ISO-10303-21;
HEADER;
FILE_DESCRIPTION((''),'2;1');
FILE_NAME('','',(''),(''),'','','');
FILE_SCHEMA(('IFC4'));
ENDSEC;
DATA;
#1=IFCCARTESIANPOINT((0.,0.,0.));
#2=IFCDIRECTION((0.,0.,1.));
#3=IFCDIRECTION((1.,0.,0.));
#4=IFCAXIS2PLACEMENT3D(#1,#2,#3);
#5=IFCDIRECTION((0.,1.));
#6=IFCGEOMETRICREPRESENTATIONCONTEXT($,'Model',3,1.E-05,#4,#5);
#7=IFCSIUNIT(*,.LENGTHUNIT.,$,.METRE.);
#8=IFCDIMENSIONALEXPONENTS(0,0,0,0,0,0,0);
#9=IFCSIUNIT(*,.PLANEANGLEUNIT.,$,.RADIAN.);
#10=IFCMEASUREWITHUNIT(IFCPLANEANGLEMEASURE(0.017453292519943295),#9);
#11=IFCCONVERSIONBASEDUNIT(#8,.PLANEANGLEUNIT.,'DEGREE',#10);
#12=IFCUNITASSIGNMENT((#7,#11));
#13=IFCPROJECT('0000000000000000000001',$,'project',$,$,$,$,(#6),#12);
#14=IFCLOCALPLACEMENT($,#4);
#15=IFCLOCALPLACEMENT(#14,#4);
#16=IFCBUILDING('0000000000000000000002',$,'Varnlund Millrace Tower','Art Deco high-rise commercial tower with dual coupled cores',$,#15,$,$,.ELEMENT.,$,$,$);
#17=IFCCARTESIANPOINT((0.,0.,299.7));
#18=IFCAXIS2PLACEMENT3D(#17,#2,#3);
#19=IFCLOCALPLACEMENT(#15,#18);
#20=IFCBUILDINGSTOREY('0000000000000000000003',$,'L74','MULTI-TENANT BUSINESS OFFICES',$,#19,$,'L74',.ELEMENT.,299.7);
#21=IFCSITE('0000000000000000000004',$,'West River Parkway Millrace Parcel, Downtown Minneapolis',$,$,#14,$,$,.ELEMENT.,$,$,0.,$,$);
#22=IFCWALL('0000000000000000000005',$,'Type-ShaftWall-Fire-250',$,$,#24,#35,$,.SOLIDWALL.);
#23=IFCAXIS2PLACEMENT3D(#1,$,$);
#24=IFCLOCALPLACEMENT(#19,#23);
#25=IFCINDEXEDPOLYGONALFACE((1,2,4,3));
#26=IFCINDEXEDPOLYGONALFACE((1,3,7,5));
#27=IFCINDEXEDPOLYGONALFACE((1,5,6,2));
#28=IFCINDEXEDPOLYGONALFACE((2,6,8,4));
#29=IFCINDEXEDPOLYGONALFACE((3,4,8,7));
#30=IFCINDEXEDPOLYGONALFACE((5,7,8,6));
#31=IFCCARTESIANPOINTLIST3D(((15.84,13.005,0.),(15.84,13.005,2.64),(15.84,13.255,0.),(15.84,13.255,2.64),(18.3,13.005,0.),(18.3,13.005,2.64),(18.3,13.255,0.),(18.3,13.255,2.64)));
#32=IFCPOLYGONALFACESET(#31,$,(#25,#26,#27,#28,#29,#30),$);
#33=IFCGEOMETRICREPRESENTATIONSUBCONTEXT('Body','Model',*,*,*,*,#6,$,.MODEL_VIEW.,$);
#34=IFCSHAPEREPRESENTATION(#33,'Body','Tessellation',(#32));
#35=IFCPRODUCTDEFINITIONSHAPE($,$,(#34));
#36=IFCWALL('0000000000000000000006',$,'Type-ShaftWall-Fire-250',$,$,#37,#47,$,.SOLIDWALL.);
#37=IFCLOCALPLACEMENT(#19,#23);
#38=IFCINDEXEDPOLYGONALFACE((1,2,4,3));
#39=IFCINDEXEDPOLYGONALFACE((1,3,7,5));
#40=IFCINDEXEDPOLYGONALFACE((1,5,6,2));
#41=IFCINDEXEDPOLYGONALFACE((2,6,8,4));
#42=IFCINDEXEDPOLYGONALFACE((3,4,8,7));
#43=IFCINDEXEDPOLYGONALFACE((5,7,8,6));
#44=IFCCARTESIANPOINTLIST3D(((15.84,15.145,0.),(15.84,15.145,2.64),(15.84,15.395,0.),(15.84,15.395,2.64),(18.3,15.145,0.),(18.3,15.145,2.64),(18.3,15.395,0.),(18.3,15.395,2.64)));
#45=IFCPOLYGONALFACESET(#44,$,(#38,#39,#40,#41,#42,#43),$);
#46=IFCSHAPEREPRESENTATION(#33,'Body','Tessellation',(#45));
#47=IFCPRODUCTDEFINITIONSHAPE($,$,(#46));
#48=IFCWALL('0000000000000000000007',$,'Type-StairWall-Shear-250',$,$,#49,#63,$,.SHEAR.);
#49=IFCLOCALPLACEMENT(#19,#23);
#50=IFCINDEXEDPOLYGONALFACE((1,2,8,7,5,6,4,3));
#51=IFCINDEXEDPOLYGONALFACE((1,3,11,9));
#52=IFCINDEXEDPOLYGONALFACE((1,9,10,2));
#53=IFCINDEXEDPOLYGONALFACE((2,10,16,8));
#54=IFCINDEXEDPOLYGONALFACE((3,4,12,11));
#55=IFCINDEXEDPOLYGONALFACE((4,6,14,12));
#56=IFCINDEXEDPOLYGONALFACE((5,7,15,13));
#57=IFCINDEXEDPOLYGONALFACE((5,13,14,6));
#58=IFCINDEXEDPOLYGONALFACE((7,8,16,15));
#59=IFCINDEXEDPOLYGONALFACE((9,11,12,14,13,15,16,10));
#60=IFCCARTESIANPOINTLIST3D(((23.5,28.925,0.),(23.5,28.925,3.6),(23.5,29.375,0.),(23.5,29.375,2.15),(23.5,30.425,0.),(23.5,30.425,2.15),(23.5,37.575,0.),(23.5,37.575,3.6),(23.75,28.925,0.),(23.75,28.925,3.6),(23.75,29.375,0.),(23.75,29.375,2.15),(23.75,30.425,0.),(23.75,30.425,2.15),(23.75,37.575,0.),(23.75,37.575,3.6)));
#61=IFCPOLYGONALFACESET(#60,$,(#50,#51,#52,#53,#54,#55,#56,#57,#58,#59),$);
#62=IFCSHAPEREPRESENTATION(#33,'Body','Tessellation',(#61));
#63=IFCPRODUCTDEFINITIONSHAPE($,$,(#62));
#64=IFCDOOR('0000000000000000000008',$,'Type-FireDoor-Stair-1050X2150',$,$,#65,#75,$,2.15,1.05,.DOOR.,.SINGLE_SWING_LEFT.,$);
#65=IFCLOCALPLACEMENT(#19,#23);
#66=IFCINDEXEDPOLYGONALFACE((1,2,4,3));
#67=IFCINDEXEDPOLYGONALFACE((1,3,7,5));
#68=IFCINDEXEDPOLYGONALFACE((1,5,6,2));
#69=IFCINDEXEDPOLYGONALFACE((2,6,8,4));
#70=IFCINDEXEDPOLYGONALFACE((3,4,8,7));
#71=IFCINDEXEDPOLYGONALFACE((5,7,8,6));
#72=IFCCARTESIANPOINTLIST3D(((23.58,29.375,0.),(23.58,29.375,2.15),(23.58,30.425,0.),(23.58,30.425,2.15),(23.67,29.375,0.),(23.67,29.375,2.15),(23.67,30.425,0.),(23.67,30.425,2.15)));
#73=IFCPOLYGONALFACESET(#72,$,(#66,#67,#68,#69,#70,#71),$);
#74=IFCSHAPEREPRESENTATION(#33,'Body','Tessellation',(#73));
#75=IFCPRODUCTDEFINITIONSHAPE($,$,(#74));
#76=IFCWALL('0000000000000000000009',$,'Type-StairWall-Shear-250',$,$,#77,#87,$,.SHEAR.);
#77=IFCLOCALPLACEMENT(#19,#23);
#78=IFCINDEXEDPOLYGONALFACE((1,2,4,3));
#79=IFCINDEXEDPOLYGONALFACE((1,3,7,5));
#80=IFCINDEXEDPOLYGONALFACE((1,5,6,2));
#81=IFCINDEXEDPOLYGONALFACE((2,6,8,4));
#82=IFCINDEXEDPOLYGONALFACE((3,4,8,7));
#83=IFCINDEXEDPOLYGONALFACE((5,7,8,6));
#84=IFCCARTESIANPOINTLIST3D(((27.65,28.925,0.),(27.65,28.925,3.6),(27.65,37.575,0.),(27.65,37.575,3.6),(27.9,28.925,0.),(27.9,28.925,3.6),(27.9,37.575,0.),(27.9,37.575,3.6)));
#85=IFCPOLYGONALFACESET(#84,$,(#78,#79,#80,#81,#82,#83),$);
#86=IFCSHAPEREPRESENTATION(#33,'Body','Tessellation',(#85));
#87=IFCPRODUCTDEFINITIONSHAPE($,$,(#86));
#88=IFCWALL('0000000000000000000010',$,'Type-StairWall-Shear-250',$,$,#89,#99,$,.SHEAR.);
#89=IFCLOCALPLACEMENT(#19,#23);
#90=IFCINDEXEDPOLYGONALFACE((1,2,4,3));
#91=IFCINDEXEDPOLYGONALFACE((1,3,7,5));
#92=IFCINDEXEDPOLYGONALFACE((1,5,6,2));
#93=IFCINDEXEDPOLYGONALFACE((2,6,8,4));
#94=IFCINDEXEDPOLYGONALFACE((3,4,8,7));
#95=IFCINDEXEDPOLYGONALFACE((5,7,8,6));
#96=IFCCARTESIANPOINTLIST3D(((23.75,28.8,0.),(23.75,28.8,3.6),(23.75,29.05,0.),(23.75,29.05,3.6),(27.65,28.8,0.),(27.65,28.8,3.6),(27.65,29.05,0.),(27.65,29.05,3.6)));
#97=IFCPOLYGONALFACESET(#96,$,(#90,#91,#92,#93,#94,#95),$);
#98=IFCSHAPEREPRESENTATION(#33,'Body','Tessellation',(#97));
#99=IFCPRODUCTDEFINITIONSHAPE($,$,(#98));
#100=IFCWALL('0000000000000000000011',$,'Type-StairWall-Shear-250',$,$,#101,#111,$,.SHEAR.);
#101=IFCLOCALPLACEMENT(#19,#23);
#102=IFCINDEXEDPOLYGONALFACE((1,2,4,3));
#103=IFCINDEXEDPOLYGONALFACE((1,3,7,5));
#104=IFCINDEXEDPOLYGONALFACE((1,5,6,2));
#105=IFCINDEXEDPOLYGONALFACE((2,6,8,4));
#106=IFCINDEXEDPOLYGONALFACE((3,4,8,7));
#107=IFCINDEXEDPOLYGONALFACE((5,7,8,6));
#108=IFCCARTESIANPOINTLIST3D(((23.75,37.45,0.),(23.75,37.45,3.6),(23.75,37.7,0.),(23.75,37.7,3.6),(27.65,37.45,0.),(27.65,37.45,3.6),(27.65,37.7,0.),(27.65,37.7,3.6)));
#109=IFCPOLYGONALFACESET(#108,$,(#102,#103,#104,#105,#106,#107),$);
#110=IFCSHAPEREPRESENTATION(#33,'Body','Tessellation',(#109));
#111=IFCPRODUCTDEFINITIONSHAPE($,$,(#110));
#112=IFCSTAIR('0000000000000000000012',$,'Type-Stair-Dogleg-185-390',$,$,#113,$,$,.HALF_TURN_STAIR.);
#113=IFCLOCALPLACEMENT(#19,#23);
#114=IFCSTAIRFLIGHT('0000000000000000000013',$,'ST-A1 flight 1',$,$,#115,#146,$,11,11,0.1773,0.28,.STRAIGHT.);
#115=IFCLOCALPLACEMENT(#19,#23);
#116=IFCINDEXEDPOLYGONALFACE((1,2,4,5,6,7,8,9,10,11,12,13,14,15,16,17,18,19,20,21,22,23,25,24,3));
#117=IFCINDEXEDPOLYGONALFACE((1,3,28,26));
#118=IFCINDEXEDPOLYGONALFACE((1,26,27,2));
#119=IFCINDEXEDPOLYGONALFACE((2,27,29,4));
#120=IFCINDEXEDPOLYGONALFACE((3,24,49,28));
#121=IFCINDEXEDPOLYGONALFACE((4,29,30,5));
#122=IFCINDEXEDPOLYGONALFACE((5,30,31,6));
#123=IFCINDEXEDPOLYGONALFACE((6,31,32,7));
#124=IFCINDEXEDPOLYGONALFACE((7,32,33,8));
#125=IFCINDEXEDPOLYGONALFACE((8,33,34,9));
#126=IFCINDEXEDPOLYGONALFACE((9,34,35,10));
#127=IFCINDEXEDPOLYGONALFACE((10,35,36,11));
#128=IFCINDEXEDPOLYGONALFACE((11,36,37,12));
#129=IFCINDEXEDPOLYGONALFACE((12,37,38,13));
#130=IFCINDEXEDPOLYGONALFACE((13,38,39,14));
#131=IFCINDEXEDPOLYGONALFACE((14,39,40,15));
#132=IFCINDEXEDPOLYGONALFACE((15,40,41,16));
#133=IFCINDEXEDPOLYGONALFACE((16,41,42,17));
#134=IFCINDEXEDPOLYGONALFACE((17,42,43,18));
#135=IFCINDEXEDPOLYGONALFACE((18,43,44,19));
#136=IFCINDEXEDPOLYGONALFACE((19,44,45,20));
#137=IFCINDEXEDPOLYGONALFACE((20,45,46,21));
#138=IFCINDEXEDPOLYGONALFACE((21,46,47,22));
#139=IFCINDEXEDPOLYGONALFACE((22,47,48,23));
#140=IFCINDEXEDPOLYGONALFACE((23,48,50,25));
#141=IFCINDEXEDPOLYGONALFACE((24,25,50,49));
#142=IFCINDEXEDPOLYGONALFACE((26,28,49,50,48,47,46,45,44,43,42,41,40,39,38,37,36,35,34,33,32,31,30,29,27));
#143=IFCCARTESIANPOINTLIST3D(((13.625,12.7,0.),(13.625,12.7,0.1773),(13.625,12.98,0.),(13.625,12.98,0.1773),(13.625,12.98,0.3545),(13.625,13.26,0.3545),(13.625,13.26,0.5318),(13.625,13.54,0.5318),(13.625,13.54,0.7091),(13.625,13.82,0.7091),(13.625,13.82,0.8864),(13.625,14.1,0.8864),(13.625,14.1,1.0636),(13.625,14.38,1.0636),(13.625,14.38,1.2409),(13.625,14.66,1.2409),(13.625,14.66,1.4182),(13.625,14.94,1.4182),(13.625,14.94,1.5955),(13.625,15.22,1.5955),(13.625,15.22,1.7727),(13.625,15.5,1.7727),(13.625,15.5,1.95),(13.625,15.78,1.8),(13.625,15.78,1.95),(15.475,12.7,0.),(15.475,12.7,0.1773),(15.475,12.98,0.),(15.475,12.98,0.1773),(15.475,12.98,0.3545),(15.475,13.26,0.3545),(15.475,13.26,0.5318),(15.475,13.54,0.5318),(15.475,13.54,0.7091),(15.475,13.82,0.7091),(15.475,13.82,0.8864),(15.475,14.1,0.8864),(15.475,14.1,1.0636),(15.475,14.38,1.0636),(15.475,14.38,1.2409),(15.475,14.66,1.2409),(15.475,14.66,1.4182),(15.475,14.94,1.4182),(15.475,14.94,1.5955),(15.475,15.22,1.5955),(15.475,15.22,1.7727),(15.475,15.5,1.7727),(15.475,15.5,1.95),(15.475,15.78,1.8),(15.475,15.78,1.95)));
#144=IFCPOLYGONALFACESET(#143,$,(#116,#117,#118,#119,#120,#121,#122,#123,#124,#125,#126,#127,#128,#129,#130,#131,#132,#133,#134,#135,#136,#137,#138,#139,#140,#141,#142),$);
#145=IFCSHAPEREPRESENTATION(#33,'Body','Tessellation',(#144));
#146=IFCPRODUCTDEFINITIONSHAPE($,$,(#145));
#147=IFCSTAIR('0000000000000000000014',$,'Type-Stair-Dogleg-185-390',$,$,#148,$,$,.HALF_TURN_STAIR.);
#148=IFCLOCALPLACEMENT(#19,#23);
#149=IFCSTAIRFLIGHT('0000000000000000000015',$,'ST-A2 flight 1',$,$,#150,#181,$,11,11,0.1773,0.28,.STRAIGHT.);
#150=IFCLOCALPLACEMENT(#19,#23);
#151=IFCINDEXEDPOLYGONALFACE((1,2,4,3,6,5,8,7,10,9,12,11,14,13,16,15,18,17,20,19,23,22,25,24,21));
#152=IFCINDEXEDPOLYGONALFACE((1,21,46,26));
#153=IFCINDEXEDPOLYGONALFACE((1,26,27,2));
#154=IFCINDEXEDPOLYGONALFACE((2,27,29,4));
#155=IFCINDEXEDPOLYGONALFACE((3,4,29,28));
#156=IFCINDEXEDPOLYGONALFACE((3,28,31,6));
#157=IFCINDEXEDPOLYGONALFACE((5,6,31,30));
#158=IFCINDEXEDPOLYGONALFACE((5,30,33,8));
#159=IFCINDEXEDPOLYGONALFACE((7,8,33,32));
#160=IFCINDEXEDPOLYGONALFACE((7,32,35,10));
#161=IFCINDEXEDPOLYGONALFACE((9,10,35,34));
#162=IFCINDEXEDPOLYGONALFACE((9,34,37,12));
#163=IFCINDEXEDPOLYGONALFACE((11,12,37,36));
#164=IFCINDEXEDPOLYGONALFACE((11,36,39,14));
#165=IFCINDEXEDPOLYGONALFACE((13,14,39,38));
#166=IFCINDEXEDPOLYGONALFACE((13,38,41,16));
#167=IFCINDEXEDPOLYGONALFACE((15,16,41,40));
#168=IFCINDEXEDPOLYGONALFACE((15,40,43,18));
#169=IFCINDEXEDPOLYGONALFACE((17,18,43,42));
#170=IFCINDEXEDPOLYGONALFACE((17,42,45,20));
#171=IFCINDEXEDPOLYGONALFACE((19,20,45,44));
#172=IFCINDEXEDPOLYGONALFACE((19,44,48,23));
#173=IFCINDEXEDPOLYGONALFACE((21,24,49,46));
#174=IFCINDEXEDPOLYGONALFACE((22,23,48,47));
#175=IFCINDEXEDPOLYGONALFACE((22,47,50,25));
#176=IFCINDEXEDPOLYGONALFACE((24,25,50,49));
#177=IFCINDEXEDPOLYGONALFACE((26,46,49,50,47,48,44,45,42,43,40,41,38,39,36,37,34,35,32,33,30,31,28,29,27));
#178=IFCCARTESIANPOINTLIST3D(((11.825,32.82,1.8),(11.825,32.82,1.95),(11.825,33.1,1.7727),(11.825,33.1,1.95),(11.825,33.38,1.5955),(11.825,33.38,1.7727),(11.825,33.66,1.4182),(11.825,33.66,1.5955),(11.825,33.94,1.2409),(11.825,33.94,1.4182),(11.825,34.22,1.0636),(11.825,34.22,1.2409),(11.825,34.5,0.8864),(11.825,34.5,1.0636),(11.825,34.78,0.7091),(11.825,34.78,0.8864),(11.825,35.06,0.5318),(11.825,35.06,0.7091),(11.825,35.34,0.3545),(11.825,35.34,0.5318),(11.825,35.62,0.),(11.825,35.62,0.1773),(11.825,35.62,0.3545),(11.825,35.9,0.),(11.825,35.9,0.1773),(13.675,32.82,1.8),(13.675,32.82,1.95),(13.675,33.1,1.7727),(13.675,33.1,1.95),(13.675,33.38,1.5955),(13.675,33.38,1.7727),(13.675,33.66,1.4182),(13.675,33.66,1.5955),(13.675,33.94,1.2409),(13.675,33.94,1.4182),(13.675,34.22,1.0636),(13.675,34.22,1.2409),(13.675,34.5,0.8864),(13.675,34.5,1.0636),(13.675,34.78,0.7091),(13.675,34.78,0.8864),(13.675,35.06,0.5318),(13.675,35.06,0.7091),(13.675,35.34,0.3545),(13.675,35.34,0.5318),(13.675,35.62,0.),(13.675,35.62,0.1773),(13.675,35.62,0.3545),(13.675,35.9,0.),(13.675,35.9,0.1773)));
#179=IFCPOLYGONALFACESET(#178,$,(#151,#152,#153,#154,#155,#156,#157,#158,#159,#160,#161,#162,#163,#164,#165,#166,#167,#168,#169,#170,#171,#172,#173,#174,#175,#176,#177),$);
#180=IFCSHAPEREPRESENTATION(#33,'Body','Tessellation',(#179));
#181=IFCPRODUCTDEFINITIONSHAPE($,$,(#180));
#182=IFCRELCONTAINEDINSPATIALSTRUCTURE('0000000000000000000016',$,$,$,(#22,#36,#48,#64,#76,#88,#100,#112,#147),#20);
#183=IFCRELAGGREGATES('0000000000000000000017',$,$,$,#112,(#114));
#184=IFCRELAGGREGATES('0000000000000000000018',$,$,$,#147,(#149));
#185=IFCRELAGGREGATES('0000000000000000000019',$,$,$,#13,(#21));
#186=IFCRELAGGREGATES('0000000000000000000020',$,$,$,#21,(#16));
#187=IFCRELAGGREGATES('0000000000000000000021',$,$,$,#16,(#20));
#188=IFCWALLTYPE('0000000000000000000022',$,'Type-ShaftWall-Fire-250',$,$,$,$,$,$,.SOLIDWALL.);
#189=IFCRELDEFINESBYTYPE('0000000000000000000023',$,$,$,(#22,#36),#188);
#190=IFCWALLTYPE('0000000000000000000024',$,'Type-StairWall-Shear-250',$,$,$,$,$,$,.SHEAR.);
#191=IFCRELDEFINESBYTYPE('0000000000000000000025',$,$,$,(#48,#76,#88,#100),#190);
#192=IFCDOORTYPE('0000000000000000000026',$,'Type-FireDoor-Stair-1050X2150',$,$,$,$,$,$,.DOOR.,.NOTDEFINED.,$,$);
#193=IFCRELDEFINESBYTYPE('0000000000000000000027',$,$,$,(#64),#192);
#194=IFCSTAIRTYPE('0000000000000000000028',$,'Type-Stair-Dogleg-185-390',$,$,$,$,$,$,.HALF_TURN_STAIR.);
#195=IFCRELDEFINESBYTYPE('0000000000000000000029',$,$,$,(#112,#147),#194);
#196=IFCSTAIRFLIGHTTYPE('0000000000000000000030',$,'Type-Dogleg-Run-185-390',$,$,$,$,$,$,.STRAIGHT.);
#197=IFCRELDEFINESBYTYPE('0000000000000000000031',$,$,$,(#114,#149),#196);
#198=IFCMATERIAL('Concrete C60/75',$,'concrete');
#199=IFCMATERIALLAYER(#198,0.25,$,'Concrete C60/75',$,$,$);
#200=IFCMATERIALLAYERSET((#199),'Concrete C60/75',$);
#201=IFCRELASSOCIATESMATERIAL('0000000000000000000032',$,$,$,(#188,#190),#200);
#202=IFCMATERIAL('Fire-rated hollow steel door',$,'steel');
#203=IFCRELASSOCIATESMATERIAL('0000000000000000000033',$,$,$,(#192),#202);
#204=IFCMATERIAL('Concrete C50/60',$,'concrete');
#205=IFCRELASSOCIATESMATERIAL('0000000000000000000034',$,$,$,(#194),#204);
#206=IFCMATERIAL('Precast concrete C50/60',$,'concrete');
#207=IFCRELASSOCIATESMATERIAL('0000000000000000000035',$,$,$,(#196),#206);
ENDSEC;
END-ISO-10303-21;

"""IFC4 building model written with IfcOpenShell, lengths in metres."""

from ifc_helpers import new_model, entity, si_unit, converted_unit, direction, frame, origin_with_axes, origin_2d_with_axis, place, context, subcontext, project, spatial, polyline, rectangle, outline, extrude, material, layer, layer_set, type_object, element, fill, aggregate, save


model = new_model("IFC4")

# Units and contexts
model_context = context("Model", 3, precision=1e-05, world=origin_with_axes(), true_north=direction((0.0, 1.0)))
body_context = subcontext(model_context, "Body", "Model", "MODEL_VIEW")
ifc_project = project(units=[si_unit("LENGTHUNIT", "METRE"), converted_unit("PLANEANGLEUNIT", "DEGREE", entity("IfcPlaneAngleMeasure", 0.017453292519943295), si_unit("PLANEANGLEUNIT", "RADIAN"), dimensions=[0, 0, 0, 0, 0, 0, 0])], contexts=[model_context])

# Site, building, storey
site_placement = place(None, origin_with_axes())
site = spatial("IfcSite", under=ifc_project, at=site_placement, Name="West River Parkway Millrace Parcel, Downtown Minneapolis", CompositionType="ELEMENT", RefElevation=0.0)
building_placement = place(site_placement, origin_with_axes())
building = spatial("IfcBuilding", under=site, at=building_placement, Name="Varnlund Millrace Tower", Description="Art Deco high-rise commercial tower with dual coupled cores", CompositionType="ELEMENT")
storey_placement = place(building_placement, frame((0.0, 0.0, 299.7), z_axis=(0.0, 0.0, 1.0), x_axis=(1.0, 0.0, 0.0)))
storey = spatial("IfcBuildingStorey", under=building, at=storey_placement, Name="L74", Description="MULTI-TENANT BUSINESS OFFICES", LongName="L74", CompositionType="ELEMENT", Elevation=299.7)

# Shared definitions
ifc_material_1 = material(Name="Concrete C60/75", Category="concrete")

# Walls
ifc_layer_1 = layer(ifc_material_1, 0.25, Name="Concrete C60/75")
ifc_layer_set_1 = layer_set([ifc_layer_1], Name="Concrete C60/75")
wall_type_1 = type_object("IfcWallType", Name="Type-ShaftWall-Fire-250", PredefinedType="SOLIDWALL", material=ifc_layer_set_1)
for number, where, z_axis, x_axis, name in (
    (1, (15.84, 13.13, 0.0), (0.0, 0.0, 1.0), (1.0, 0.0, 0.0), "Type-ShaftWall-Fire-250"),
    (2, (15.84, 15.27, 0.0), (0.0, 0.0, 1.0), (1.0, 0.0, 0.0), "Type-ShaftWall-Fire-250"),
):
    element("IfcWall", number, at=place(storey_placement, frame(where, z_axis=z_axis, x_axis=x_axis)), inside=storey, type_object=wall_type_1, Name=name, PredefinedType="SOLIDWALL", context=body_context, shape_type="SweptSolid", body=[
        extrude(outline(polyline([(0.0, -0.125), (2.46, -0.125), (2.46, 0.125), (0.0, 0.125), (0.0, -0.125)])), origin_with_axes(), (0.0, 0.0, 1.0), 2.64),
    ])

# Wall, opening, door
wall_type_2 = type_object("IfcWallType", Name="Type-StairWall-Shear-250", PredefinedType="SHEAR", material=ifc_layer_set_1)
wall_1_placement = place(storey_placement, frame((23.625, 28.925, 0.0), z_axis=(0.0, 0.0, 1.0), x_axis=(0.0, 1.0, 0.0)))
wall_1 = element("IfcWall", 3, at=wall_1_placement, inside=storey, type_object=wall_type_2, Name="Type-StairWall-Shear-250", PredefinedType="SHEAR", context=body_context, shape_type="SweptSolid", body=[
    extrude(outline(polyline([(0.0, -0.125), (8.65, -0.125), (8.65, 0.125), (0.0, 0.125), (0.0, -0.125)])), origin_with_axes(), (0.0, 0.0, 1.0), 3.6),
])
opening_1_placement = place(wall_1_placement, frame((0.975, 0.0, 0.0), z_axis=(0.0, 0.0, 1.0), x_axis=(1.0, 0.0, 0.0)))
opening_1 = element("IfcOpeningElement", 4, at=opening_1_placement, cuts=wall_1, PredefinedType="OPENING", context=body_context, shape_type="SweptSolid", body=[
    extrude(rectangle(XDim=1.05, YDim=0.27, at=origin_2d_with_axis()), origin_with_axes(), (0.0, 0.0, 1.0), 2.15),
])
ifc_material_2 = material(Name="Fire-rated hollow steel door", Category="steel")
door_type_1 = type_object("IfcDoorType", Name="Type-FireDoor-Stair-1050X2150", OperationType="NOTDEFINED", PredefinedType="DOOR", material=ifc_material_2)
door_1_placement = place(wall_1_placement, frame((0.975, 0.0, 0.0), z_axis=(0.0, 0.0, 1.0), x_axis=(1.0, 0.0, 0.0)))
door_1 = element("IfcDoor", 5, at=door_1_placement, inside=storey, type_object=door_type_1, Name="Type-FireDoor-Stair-1050X2150", OperationType="SINGLE_SWING_LEFT", OverallHeight=2.15, OverallWidth=1.05, PredefinedType="DOOR", context=body_context, shape_type="SweptSolid", body=[
    extrude(rectangle(XDim=1.05, YDim=0.09, at=origin_2d_with_axis()), origin_with_axes(), (0.0, 0.0, 1.0), 2.15),
])
fill(opening_1, door_1)

# Walls
wall_2_placement = place(storey_placement, frame((27.775, 28.925, 0.0), z_axis=(0.0, 0.0, 1.0), x_axis=(0.0, 1.0, 0.0)))
element("IfcWall", 6, at=wall_2_placement, inside=storey, type_object=wall_type_2, Name="Type-StairWall-Shear-250", PredefinedType="SHEAR", context=body_context, shape_type="SweptSolid", body=[
    extrude(outline(polyline([(0.0, -0.125), (8.65, -0.125), (8.65, 0.125), (0.0, 0.125), (0.0, -0.125)])), origin_with_axes(), (0.0, 0.0, 1.0), 3.6),
])
for number, where, z_axis, x_axis, name in (
    (7, (23.75, 28.925, 0.0), (0.0, 0.0, 1.0), (1.0, 0.0, 0.0), "Type-StairWall-Shear-250"),
    (8, (23.75, 37.575, 0.0), (0.0, 0.0, 1.0), (1.0, 0.0, 0.0), "Type-StairWall-Shear-250"),
):
    element("IfcWall", number, at=place(storey_placement, frame(where, z_axis=z_axis, x_axis=x_axis)), inside=storey, type_object=wall_type_2, Name=name, PredefinedType="SHEAR", context=body_context, shape_type="SweptSolid", body=[
        extrude(outline(polyline([(0.0, -0.125), (3.9, -0.125), (3.9, 0.125), (0.0, 0.125), (0.0, -0.125)])), origin_with_axes(), (0.0, 0.0, 1.0), 3.6),
    ])

# Stairs, stair flights
ifc_material_3 = material(Name="Concrete C50/60", Category="concrete")
stair_type = type_object("IfcStairType", Name="Type-Stair-Dogleg-185-390", PredefinedType="HALF_TURN_STAIR", material=ifc_material_3)
stair_1_placement = place(storey_placement, origin_with_axes())
stair_1 = element("IfcStair", 9, at=stair_1_placement, inside=storey, type_object=stair_type, Name="Type-Stair-Dogleg-185-390", PredefinedType="HALF_TURN_STAIR")
ifc_material_4 = material(Name="Precast concrete C50/60", Category="concrete")
stair_flight_type = type_object("IfcStairFlightType", Name="Type-Dogleg-Run-185-390", PredefinedType="STRAIGHT", material=ifc_material_4)
stair_flight_1_placement = place(storey_placement, frame((13.625, 12.7, 0.0), z_axis=(1.0, 0.0, 0.0), x_axis=(0.0, 1.0, 0.0)))
stair_flight_1 = element("IfcStairFlight", 10, at=stair_flight_1_placement, type_object=stair_flight_type, Name="ST-A1 flight 1", NumberOfRisers=11, NumberOfTreads=11, PredefinedType="STRAIGHT", RiserHeight=0.1773, TreadLength=0.28, context=body_context, shape_type="SweptSolid", body=[
    extrude(outline(polyline([(0.0, 0.0), (0.0, 0.1773), (0.28, 0.1773), (0.28, 0.3545), (0.56, 0.3545), (0.56, 0.5318), (0.84, 0.5318), (0.84, 0.7091), (1.12, 0.7091), (1.12, 0.8864), (1.4, 0.8864), (1.4, 1.0636), (1.68, 1.0636), (1.68, 1.2409), (1.96, 1.2409), (1.96, 1.4182), (2.24, 1.4182), (2.24, 1.5955), (2.52, 1.5955), (2.52, 1.7727), (2.8, 1.7727), (2.8, 1.95), (3.08, 1.95), (3.08, 1.8), (0.28, 0.0), (0.0, 0.0)])), origin_with_axes(), (0.0, 0.0, 1.0), 1.85),
])
aggregate(stair_1, [stair_flight_1])
stair_2_placement = place(storey_placement, origin_with_axes())
stair_2 = element("IfcStair", 11, at=stair_2_placement, inside=storey, type_object=stair_type, Name="Type-Stair-Dogleg-185-390", PredefinedType="HALF_TURN_STAIR")
stair_flight_2_placement = place(storey_placement, frame((13.675, 35.9, 0.0), z_axis=(-1.0, 0.0, 0.0), x_axis=(0.0, -1.0, 0.0)))
stair_flight_2 = element("IfcStairFlight", 12, at=stair_flight_2_placement, type_object=stair_flight_type, Name="ST-A2 flight 1", NumberOfRisers=11, NumberOfTreads=11, PredefinedType="STRAIGHT", RiserHeight=0.1773, TreadLength=0.28, context=body_context, shape_type="SweptSolid", body=[
    extrude(outline(polyline([(0.0, 0.0), (0.0, 0.1773), (0.28, 0.1773), (0.28, 0.3545), (0.56, 0.3545), (0.56, 0.5318), (0.84, 0.5318), (0.84, 0.7091), (1.12, 0.7091), (1.12, 0.8864), (1.4, 0.8864), (1.4, 1.0636), (1.68, 1.0636), (1.68, 1.2409), (1.96, 1.2409), (1.96, 1.4182), (2.24, 1.4182), (2.24, 1.5955), (2.52, 1.5955), (2.52, 1.7727), (2.8, 1.7727), (2.8, 1.95), (3.08, 1.95), (3.08, 1.8), (0.28, 0.0), (0.0, 0.0)])), origin_with_axes(), (0.0, 0.0, 1.0), 1.85),
])
aggregate(stair_2, [stair_flight_2])

save(model, "model.ifc")
